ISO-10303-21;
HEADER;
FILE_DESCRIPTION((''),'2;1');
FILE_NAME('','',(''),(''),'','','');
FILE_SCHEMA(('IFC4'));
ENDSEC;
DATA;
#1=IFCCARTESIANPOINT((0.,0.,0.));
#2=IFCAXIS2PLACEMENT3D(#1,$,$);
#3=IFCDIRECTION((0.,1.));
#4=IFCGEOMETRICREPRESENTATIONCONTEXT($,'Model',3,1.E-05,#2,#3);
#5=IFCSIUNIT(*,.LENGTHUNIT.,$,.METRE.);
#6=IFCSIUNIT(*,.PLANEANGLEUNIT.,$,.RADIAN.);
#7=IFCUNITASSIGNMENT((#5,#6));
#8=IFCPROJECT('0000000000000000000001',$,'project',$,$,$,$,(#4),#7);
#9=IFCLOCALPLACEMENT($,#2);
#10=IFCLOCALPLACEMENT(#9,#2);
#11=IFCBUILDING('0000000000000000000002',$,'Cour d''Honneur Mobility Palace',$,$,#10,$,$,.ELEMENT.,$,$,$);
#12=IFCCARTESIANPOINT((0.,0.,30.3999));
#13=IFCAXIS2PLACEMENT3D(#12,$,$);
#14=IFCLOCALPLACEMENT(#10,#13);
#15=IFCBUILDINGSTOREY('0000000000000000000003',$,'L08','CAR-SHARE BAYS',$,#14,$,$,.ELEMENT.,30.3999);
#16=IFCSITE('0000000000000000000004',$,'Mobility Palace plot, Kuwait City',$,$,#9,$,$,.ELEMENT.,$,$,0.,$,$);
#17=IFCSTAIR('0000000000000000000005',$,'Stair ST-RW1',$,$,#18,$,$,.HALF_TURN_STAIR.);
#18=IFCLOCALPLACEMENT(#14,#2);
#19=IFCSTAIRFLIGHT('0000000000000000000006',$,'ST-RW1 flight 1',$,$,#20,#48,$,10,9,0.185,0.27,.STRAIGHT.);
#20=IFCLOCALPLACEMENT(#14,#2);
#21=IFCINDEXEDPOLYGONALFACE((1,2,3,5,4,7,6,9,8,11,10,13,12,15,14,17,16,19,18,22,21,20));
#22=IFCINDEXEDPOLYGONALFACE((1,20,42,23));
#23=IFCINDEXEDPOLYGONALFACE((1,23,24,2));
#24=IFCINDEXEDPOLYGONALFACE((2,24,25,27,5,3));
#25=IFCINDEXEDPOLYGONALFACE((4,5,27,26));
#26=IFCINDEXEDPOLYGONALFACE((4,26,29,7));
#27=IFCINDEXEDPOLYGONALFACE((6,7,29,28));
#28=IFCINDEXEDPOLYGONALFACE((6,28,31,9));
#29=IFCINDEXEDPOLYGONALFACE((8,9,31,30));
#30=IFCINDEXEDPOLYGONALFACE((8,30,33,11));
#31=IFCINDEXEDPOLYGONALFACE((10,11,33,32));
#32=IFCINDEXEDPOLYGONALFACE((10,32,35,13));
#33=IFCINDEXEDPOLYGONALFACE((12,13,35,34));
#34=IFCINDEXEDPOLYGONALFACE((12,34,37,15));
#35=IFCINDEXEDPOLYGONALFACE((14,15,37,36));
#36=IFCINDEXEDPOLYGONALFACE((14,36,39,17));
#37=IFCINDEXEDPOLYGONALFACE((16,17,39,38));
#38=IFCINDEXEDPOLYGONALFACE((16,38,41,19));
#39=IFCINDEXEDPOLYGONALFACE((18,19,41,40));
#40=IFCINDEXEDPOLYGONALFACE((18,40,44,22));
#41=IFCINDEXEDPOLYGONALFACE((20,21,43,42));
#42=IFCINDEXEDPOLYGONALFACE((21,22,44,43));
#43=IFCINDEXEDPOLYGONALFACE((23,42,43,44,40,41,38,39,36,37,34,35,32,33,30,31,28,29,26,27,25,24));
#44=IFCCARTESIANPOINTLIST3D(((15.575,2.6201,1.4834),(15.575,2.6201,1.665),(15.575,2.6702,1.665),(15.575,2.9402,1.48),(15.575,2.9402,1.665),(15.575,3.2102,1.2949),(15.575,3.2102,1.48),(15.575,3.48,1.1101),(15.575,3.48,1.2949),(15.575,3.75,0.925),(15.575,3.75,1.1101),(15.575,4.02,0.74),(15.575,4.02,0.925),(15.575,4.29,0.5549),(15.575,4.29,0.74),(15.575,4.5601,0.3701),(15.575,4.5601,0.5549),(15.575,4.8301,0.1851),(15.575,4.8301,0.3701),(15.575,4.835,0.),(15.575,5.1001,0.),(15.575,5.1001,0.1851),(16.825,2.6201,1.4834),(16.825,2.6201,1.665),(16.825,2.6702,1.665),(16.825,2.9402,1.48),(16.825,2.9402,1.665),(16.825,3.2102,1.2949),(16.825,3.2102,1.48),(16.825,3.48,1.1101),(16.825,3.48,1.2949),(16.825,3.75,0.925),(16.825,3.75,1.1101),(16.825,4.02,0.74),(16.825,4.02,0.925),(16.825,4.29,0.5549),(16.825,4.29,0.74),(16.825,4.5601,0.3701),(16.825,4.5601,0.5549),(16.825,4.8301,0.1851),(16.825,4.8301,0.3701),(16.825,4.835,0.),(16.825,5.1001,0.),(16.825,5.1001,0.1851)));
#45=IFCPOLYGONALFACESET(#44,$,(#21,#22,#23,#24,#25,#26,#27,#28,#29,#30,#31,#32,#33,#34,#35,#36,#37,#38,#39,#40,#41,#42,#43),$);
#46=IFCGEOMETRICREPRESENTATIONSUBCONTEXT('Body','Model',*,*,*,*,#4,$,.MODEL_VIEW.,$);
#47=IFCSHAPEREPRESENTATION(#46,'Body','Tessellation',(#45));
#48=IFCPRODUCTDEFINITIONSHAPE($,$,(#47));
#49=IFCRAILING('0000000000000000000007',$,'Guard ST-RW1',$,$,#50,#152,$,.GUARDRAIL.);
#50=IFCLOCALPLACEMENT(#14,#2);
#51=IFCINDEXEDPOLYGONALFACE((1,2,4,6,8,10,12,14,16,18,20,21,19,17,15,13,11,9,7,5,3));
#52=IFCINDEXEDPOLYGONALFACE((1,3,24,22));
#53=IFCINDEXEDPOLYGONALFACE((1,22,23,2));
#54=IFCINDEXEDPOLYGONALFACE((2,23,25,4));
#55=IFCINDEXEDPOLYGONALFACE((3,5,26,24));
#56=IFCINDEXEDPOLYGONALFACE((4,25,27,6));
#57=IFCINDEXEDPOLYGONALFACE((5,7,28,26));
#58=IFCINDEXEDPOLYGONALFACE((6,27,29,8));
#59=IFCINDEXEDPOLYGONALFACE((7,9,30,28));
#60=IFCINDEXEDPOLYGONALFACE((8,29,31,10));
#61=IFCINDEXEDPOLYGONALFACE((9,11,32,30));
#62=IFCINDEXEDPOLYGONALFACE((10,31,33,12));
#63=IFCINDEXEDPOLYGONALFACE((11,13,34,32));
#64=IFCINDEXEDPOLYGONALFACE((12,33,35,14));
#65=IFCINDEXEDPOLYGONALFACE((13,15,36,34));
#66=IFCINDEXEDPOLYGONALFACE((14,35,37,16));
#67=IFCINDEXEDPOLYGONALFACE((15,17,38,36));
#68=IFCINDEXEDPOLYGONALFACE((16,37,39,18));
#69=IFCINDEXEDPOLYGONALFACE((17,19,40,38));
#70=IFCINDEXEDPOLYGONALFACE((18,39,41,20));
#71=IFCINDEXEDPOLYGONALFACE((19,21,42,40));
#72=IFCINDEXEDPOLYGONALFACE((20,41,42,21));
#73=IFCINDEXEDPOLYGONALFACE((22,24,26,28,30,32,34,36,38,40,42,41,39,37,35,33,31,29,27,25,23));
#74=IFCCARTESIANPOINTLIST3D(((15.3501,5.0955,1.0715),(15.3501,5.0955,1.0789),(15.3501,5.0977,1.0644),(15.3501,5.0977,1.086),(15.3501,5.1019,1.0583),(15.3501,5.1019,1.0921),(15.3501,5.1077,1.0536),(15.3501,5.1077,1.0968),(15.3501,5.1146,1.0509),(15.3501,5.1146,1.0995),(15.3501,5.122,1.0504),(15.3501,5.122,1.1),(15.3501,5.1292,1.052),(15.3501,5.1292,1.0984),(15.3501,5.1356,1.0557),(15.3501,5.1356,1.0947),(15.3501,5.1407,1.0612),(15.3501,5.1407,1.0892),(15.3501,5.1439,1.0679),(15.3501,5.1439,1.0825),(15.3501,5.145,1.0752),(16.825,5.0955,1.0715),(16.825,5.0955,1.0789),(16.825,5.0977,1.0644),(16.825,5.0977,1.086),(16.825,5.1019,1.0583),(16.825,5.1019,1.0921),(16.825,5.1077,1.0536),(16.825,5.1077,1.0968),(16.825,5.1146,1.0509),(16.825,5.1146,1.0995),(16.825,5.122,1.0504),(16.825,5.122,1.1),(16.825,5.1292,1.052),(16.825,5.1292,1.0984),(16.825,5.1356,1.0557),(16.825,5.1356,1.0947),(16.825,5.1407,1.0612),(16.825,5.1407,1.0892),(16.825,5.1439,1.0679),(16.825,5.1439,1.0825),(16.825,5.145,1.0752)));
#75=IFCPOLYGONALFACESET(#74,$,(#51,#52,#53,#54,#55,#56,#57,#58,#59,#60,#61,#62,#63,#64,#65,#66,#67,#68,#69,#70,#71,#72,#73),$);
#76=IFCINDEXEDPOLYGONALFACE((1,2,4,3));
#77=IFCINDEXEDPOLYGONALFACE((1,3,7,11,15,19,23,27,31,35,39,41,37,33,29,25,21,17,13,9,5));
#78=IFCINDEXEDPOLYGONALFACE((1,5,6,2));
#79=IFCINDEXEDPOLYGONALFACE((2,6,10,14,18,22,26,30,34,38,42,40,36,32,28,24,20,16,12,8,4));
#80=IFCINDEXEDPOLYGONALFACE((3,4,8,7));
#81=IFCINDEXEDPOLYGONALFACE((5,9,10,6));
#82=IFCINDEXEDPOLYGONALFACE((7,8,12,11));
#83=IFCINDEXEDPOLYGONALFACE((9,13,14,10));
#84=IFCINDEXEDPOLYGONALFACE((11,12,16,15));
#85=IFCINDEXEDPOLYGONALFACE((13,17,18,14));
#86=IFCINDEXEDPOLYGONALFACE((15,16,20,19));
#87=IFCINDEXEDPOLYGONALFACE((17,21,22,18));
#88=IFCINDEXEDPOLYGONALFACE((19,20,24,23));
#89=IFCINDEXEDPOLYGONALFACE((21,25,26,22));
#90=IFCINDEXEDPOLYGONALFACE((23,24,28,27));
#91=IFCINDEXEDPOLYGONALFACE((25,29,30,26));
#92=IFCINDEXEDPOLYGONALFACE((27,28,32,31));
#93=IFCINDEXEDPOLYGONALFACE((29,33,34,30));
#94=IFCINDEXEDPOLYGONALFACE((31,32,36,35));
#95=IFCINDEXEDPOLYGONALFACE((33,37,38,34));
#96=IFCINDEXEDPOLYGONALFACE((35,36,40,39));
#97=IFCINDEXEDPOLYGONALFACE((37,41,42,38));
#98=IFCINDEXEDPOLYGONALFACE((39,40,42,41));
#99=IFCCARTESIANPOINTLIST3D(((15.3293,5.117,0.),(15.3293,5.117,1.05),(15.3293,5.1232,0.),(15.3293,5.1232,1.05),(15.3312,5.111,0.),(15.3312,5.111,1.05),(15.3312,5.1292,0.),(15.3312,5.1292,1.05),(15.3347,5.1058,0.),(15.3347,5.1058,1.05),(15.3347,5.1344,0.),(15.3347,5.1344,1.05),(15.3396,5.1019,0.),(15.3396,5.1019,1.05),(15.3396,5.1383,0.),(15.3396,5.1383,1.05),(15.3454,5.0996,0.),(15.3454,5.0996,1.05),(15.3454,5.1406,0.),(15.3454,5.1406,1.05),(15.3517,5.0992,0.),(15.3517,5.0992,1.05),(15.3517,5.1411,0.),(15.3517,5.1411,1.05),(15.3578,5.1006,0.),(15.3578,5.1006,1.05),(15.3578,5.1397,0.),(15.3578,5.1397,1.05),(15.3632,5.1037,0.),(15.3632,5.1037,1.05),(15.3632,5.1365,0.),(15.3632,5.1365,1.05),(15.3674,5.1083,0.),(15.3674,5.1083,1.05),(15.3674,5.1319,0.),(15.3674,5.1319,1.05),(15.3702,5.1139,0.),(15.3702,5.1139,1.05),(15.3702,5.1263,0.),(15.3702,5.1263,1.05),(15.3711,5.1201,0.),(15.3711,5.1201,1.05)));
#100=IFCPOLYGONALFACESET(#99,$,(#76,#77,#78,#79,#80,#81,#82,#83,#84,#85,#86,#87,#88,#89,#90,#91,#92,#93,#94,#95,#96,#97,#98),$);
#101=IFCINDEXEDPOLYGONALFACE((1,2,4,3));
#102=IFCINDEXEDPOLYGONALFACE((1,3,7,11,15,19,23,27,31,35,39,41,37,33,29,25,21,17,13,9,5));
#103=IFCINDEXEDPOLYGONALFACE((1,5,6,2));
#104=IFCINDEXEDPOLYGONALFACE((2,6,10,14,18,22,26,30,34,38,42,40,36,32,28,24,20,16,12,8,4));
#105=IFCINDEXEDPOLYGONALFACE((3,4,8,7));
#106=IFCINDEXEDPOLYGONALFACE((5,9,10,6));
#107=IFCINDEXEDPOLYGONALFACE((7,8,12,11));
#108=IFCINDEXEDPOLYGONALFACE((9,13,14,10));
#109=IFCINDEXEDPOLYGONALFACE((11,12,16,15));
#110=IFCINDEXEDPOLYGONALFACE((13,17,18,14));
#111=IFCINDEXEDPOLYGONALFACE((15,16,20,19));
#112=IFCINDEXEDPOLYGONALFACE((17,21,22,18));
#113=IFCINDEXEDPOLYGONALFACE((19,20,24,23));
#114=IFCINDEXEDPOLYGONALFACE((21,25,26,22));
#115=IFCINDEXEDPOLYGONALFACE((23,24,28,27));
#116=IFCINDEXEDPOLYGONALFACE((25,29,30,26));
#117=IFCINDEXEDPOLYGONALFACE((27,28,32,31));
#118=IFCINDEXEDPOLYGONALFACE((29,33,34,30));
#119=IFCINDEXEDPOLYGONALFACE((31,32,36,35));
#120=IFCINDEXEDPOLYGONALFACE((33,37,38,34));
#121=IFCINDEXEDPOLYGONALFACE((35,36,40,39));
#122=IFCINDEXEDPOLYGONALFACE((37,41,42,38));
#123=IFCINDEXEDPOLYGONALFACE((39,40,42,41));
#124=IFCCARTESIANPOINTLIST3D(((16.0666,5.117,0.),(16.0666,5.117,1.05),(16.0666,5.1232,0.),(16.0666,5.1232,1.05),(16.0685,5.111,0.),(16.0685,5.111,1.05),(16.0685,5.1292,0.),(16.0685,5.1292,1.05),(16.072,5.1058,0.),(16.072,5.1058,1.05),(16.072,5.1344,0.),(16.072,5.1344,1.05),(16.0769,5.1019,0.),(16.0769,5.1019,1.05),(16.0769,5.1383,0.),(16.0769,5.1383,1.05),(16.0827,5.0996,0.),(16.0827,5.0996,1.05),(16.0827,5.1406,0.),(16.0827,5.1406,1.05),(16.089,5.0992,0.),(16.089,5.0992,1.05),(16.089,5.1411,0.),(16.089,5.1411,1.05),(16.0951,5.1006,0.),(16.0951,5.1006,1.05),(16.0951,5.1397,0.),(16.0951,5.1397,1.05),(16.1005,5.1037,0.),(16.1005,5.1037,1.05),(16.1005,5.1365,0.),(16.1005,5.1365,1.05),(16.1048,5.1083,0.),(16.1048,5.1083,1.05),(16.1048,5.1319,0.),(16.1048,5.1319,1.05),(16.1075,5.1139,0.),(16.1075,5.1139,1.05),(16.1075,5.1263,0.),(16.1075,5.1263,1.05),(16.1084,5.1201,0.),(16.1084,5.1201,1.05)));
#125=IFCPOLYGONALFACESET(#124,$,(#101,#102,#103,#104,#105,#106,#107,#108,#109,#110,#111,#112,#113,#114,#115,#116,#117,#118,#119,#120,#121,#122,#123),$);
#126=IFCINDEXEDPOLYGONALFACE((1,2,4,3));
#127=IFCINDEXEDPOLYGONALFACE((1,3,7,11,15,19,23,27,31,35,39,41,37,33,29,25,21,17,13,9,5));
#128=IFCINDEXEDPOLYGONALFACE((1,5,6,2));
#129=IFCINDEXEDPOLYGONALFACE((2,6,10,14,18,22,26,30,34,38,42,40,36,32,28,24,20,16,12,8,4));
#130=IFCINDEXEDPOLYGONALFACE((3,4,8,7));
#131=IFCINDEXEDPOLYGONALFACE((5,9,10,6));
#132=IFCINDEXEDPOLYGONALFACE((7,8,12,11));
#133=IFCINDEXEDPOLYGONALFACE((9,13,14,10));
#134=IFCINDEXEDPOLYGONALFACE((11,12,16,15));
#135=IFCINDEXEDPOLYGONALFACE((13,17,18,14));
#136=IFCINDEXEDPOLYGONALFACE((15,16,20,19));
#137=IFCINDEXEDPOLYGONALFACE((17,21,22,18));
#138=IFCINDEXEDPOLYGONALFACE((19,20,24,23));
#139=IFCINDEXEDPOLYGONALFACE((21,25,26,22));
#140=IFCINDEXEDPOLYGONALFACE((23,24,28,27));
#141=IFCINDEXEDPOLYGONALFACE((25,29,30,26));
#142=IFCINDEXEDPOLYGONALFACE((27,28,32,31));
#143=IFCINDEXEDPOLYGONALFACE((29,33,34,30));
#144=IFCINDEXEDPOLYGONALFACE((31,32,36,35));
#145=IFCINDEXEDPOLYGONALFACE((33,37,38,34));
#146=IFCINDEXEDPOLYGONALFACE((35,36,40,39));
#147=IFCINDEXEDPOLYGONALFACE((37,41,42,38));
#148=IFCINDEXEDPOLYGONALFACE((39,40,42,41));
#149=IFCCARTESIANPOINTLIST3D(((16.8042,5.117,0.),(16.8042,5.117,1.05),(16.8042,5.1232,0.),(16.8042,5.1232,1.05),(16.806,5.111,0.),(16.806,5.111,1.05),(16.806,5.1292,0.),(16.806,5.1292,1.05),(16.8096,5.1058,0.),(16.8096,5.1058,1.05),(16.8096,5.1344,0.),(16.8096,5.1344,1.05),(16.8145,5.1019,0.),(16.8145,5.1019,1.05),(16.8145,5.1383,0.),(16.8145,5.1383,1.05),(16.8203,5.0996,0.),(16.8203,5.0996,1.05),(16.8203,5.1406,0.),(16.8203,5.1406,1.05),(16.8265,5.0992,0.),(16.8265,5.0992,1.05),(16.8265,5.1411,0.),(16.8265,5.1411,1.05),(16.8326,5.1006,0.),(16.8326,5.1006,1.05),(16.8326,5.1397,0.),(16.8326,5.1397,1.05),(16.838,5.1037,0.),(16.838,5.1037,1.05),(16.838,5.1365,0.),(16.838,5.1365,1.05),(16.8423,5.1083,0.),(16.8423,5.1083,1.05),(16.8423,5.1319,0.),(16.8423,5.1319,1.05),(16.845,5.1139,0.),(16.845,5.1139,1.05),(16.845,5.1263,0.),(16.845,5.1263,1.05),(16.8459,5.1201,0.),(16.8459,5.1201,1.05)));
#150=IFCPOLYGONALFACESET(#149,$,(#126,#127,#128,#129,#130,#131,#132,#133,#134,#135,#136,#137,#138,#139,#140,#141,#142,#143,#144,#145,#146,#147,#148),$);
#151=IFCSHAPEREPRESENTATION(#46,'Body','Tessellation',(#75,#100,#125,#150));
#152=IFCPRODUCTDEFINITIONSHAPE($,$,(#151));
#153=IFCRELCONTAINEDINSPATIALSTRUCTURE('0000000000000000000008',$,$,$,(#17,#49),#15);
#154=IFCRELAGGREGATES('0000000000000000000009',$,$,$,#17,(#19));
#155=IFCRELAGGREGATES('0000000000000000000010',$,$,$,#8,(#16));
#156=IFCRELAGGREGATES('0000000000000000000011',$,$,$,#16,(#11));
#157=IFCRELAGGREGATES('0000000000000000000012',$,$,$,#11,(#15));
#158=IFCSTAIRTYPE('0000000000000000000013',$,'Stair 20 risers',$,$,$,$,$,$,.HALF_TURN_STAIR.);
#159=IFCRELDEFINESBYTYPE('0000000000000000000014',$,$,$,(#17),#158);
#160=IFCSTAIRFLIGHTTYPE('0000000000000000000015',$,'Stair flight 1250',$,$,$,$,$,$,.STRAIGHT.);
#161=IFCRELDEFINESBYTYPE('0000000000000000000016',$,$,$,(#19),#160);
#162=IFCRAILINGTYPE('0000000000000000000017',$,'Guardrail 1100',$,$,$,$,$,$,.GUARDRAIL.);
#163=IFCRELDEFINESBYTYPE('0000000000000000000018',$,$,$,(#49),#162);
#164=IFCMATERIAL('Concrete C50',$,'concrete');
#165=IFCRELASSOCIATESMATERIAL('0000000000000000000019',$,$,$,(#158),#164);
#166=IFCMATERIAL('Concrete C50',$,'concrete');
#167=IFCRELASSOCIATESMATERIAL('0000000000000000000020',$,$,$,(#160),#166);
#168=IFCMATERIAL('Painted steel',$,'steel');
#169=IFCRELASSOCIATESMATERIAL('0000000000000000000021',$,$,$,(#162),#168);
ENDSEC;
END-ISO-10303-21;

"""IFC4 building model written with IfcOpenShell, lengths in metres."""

from ifc_helpers import new_model, si_unit, direction, frame, origin, origin_2d, place, context, subcontext, project, spatial, polyline, circle, outline, extrude, material, type_object, element, aggregate, save


model = new_model("IFC4")

# Units and contexts
model_context = context("Model", 3, precision=1e-05, world=origin(), true_north=direction((0.0, 1.0)))
body_context = subcontext(model_context, "Body", "Model", "MODEL_VIEW")
ifc_project = project(units=[si_unit("LENGTHUNIT", "METRE"), si_unit("PLANEANGLEUNIT", "RADIAN")], contexts=[model_context])

# Site, building, storey
site_placement = place(None, origin())
site = spatial("IfcSite", under=ifc_project, at=site_placement, Name="Mobility Palace plot, Kuwait City", CompositionType="ELEMENT", RefElevation=0.0)
building_placement = place(site_placement, origin())
building = spatial("IfcBuilding", under=site, at=building_placement, Name="Cour d'Honneur Mobility Palace", CompositionType="ELEMENT")
storey_placement = place(building_placement, frame((0.0, 0.0, 30.3999)))
storey = spatial("IfcBuildingStorey", under=building, at=storey_placement, Name="L08", Description="CAR-SHARE BAYS", CompositionType="ELEMENT", Elevation=30.3999)

# Stair, stair flight
ifc_material_1 = material(Name="Concrete C50", Category="concrete")
stair_type = type_object("IfcStairType", Name="Stair 20 risers", PredefinedType="HALF_TURN_STAIR", material=ifc_material_1)
stair_placement = place(storey_placement, origin())
stair = element("IfcStair", 1, at=stair_placement, inside=storey, type_object=stair_type, Name="Stair ST-RW1", PredefinedType="HALF_TURN_STAIR")
ifc_material_2 = material(Name="Concrete C50", Category="concrete")
stair_flight_type = type_object("IfcStairFlightType", Name="Stair flight 1250", PredefinedType="STRAIGHT", material=ifc_material_2)
stair_flight_placement = place(storey_placement, frame((16.2, 5.1001, 0.0), z_axis=(0.0, 0.0, 1.0), x_axis=(0.0, -1.0, 0.0)))
stair_flight = element("IfcStairFlight", 2, at=stair_flight_placement, type_object=stair_flight_type, Name="ST-RW1 flight 1", NumberOfRisers=10, NumberOfTreads=9, PredefinedType="STRAIGHT", RiserHeight=0.185, TreadLength=0.27, context=body_context, shape_type="SweptSolid", body=[
    extrude(outline(polyline([(0.0, 0.0), (0.0, 0.1851), (0.27, 0.1851), (0.27, 0.3701), (0.54, 0.3701), (0.54, 0.5549), (0.8101, 0.5549), (0.8101, 0.74), (1.0801, 0.74), (1.0801, 0.925), (1.3501, 0.925), (1.3501, 1.1101), (1.6201, 1.1101), (1.6201, 1.2949), (1.8899, 1.2949), (1.8899, 1.48), (2.1599, 1.48), (2.1599, 1.665), (2.4299, 1.665), (2.48, 1.665), (2.48, 1.4834), (0.2651, 0.0), (0.0, 0.0)])), frame((0.0, 0.625, 0.0), z_axis=(0.0, -1.0, 0.0), x_axis=(1.0, 0.0, 0.0)), (0.0, 0.0, 1.0), 1.25),
])
aggregate(stair, [stair_flight])

# Railing
ifc_material_3 = material(Name="Painted steel", Category="steel")
railing_type_1 = type_object("IfcRailingType", Name="Guardrail 1100", PredefinedType="GUARDRAIL", material=ifc_material_3)
railing_1_placement = place(storey_placement, frame((15.3501, 5.1201, 0.0)))
element("IfcRailing", 3, at=railing_1_placement, inside=storey, type_object=railing_type_1, Name="Guard ST-RW1", PredefinedType="GUARDRAIL", context=body_context, shape_type="SweptSolid", body=[
    extrude(circle(Radius=0.0249, at=origin_2d()), frame((0.0, 0.0, 1.0752), z_axis=(1.0, 0.0, 0.0), x_axis=(0.0, 1.0, 0.0)), (0.0, 0.0, 1.0), 1.4749),
    extrude(circle(Radius=0.021, at=origin_2d()), origin(), (0.0, 0.0, 1.0), 1.05),
    extrude(circle(Radius=0.021, at=origin_2d()), frame((0.7373, 0.0, 0.0)), (0.0, 0.0, 1.0), 1.05),
    extrude(circle(Radius=0.021, at=origin_2d()), frame((1.4749, 0.0, 0.0)), (0.0, 0.0, 1.0), 1.05),
])

save(model, "model.ifc")
